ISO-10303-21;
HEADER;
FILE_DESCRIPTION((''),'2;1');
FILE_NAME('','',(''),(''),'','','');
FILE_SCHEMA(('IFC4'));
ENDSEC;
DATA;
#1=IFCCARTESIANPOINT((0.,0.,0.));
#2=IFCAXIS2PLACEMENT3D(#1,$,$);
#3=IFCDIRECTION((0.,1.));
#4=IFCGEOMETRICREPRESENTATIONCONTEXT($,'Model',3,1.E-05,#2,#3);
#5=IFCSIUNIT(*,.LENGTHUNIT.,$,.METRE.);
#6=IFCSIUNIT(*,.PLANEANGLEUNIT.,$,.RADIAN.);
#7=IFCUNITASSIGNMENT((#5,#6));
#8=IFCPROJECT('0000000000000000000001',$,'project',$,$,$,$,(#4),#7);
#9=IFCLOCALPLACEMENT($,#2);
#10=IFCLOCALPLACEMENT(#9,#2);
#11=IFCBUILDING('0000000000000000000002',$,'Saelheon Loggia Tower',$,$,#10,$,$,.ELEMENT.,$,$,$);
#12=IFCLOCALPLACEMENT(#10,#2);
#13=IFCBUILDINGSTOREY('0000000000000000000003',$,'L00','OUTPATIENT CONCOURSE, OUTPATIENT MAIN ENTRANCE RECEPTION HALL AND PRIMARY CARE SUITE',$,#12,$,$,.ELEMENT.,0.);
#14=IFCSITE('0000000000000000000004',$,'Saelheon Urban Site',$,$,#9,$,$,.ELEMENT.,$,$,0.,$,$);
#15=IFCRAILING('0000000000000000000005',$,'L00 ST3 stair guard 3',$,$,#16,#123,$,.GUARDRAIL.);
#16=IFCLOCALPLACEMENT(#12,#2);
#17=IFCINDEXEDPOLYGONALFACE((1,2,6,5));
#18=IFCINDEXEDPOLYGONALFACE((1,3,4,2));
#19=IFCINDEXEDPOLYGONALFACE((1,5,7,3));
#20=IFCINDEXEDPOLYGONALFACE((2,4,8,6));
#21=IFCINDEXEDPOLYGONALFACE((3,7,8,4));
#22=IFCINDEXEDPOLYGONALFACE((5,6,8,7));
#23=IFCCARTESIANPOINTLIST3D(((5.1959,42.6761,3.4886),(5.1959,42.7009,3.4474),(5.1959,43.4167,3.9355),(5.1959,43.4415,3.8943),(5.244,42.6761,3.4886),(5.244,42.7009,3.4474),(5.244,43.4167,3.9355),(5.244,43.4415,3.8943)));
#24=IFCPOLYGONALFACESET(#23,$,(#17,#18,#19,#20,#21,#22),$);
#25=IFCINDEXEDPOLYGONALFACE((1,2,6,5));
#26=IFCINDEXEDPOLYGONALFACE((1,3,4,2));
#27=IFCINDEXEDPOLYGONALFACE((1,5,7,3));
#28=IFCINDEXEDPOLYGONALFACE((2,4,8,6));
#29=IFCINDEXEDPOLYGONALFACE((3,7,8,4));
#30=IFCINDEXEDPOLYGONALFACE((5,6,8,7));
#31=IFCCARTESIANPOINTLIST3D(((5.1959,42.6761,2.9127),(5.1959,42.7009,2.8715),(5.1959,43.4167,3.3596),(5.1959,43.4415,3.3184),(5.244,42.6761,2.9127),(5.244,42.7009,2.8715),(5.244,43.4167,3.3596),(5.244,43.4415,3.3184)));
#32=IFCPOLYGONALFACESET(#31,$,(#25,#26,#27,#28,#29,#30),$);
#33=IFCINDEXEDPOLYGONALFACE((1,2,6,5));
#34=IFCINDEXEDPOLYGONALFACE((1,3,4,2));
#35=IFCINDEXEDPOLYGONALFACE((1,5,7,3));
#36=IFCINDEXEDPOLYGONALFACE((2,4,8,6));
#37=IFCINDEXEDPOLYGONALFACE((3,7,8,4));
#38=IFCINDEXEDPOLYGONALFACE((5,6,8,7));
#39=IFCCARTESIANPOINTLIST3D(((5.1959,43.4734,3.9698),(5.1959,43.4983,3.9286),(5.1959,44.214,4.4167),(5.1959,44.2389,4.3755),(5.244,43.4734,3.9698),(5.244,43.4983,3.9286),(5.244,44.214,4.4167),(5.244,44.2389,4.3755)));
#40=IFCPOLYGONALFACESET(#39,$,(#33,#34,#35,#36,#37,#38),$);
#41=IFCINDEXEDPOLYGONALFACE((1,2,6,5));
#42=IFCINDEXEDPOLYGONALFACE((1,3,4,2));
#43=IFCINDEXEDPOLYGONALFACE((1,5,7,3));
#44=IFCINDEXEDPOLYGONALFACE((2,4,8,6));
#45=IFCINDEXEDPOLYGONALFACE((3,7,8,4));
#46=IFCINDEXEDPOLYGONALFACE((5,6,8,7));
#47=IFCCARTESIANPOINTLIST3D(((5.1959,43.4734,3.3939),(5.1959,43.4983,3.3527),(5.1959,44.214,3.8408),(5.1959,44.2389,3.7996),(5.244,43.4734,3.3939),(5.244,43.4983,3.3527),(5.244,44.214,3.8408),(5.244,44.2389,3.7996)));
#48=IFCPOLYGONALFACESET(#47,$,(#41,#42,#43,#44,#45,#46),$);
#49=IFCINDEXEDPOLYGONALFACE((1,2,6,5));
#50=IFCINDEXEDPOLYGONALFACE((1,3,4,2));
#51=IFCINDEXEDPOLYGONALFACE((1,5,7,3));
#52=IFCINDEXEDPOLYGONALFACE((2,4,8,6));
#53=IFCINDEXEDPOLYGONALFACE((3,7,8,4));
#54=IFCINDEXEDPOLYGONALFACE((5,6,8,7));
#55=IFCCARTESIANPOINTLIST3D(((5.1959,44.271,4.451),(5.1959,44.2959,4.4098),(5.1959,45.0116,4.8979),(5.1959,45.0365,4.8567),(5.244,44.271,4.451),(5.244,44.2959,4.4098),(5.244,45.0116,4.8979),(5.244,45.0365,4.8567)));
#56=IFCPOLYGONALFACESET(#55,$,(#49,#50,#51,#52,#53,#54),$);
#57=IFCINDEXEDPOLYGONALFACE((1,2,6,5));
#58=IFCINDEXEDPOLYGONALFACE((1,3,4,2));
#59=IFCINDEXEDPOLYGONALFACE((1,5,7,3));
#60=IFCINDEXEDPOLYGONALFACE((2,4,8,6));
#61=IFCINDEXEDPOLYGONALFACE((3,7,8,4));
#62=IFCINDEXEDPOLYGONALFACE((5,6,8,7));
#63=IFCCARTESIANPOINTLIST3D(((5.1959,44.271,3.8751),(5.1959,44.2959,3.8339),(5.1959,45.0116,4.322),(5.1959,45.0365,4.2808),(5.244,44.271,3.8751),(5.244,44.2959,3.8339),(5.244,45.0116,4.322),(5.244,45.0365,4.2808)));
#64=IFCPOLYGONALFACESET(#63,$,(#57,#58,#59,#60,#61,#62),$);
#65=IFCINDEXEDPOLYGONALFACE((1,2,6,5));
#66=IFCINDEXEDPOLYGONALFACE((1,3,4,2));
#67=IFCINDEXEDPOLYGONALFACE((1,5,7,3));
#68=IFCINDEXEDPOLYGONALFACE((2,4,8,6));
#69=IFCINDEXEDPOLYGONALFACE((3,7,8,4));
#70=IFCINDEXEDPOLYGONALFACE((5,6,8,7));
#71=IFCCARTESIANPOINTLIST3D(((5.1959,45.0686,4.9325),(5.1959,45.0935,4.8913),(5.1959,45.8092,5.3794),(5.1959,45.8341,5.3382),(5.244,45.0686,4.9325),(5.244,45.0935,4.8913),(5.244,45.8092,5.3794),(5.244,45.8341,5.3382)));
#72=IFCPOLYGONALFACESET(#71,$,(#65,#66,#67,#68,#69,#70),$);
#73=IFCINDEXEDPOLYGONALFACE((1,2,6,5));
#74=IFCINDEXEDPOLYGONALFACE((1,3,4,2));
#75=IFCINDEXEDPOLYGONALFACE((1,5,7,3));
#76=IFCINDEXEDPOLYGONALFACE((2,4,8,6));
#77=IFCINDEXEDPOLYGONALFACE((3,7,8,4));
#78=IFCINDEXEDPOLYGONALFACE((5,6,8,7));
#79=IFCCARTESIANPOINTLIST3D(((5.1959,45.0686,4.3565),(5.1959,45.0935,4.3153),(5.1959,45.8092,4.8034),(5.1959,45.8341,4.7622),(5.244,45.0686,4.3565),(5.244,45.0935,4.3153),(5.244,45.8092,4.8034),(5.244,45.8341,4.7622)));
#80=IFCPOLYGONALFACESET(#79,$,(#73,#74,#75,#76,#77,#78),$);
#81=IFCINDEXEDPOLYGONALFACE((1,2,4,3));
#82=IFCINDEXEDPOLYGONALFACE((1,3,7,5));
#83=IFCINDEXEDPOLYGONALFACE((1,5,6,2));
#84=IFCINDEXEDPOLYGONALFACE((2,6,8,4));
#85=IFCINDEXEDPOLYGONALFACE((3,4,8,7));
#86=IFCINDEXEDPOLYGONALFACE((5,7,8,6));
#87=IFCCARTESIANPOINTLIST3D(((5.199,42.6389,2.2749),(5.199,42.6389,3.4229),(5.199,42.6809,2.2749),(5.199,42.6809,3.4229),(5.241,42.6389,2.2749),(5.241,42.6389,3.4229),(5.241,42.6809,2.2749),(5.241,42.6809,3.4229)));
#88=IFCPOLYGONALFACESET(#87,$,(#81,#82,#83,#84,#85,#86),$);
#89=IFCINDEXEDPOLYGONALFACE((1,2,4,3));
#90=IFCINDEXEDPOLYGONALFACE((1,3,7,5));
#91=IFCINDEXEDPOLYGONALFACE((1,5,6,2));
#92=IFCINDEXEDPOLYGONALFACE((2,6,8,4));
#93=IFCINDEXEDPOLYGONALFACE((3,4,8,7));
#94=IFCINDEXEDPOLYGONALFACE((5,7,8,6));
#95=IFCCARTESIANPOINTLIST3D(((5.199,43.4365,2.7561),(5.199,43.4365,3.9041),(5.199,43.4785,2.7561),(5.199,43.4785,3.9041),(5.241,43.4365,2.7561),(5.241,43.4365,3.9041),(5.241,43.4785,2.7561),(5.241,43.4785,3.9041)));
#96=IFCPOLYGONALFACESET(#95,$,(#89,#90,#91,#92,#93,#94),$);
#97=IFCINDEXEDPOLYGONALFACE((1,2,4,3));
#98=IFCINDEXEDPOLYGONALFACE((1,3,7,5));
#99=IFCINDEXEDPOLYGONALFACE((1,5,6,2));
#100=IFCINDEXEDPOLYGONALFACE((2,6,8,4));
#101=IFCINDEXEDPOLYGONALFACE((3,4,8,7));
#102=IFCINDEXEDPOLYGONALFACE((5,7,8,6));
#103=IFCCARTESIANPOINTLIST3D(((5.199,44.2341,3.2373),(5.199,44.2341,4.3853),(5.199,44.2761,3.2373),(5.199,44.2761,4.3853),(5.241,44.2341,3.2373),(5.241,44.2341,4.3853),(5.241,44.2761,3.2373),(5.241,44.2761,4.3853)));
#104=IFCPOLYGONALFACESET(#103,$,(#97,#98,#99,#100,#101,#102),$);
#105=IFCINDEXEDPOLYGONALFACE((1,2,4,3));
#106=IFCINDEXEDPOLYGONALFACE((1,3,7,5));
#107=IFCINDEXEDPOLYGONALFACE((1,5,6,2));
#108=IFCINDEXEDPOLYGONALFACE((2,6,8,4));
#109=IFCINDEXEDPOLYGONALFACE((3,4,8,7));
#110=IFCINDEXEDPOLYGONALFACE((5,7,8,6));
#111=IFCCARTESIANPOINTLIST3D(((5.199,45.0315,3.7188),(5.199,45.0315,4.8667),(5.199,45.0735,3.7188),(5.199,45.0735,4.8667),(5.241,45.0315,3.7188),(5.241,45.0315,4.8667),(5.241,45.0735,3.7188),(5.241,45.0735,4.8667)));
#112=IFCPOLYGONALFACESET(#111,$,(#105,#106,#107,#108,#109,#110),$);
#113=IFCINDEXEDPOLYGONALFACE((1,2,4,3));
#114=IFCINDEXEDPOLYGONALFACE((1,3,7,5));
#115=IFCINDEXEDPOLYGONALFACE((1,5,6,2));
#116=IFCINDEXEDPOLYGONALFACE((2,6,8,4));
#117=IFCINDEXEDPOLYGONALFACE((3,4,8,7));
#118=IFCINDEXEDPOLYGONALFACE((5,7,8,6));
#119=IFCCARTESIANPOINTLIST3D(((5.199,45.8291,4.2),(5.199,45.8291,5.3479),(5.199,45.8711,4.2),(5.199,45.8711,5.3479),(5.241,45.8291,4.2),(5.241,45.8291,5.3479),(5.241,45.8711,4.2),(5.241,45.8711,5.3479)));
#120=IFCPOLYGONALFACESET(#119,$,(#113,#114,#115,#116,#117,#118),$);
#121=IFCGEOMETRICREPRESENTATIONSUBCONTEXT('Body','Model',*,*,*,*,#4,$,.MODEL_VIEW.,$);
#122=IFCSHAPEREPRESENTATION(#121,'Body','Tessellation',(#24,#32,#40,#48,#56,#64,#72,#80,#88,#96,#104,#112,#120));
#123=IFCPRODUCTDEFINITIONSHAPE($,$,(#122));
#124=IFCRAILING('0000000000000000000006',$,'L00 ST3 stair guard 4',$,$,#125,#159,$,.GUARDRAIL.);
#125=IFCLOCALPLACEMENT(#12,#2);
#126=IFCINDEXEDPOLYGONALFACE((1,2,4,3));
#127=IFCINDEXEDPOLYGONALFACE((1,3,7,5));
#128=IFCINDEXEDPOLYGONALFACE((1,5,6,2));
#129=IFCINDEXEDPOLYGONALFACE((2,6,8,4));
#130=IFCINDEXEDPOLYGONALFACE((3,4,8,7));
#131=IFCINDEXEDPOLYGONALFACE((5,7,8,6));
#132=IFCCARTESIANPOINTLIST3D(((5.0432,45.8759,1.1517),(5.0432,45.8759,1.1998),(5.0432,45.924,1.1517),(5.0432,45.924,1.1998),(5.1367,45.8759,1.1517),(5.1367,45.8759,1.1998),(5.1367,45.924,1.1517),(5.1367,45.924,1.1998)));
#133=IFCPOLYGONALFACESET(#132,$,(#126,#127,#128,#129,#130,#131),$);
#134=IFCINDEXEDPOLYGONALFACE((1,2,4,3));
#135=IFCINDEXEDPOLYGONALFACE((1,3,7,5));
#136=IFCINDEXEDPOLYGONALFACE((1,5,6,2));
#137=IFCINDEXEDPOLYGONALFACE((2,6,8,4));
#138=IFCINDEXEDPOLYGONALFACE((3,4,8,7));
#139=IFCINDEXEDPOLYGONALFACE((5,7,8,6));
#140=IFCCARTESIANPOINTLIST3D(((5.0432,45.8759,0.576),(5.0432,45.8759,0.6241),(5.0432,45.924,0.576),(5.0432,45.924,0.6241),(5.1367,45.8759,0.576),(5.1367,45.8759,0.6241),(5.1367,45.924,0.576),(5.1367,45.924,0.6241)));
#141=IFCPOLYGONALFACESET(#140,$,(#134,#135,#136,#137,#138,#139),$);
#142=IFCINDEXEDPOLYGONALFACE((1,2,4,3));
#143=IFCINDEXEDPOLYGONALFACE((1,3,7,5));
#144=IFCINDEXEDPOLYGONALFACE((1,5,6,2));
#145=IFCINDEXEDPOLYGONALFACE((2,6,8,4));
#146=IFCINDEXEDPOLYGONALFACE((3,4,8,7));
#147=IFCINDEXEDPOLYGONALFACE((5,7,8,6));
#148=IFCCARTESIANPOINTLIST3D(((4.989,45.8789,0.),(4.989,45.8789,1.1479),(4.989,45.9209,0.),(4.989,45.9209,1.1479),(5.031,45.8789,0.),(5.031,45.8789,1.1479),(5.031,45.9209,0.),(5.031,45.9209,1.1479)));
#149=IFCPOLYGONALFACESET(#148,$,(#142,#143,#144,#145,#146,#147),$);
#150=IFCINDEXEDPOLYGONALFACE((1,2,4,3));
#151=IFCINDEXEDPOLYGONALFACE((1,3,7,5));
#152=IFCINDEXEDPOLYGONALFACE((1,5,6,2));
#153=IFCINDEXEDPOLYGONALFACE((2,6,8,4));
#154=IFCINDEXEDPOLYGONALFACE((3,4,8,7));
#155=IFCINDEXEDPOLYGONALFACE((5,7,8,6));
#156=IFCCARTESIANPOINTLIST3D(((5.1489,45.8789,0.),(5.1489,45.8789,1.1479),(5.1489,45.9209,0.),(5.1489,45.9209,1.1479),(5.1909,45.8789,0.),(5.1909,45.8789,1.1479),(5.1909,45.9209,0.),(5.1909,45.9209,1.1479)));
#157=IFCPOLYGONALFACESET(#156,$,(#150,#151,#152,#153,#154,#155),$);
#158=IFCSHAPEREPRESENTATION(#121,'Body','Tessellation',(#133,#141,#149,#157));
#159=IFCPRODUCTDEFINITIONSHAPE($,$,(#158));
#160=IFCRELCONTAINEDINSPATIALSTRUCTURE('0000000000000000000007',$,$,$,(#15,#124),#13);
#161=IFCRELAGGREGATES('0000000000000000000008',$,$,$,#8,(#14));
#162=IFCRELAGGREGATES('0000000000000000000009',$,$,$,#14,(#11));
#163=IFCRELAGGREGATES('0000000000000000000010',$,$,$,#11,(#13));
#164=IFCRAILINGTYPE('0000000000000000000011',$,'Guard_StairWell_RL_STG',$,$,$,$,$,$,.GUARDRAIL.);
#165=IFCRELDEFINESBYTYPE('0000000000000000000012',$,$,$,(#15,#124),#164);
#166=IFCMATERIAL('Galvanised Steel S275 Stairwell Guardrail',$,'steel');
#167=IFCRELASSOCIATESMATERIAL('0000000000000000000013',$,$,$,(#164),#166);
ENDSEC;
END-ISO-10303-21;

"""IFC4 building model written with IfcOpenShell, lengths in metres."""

from ifc_helpers import new_model, si_unit, direction, frame, origin, origin_2d, place, context, subcontext, project, spatial, rectangle, extrude, material, type_object, element, save


model = new_model("IFC4")

# Units and contexts
model_context = context("Model", 3, precision=1e-05, world=origin(), true_north=direction((0.0, 1.0)))
body_context = subcontext(model_context, "Body", "Model", "MODEL_VIEW")
ifc_project = project(units=[si_unit("LENGTHUNIT", "METRE"), si_unit("PLANEANGLEUNIT", "RADIAN")], contexts=[model_context])

# Site, building, storey
site_placement = place(None, origin())
site = spatial("IfcSite", under=ifc_project, at=site_placement, Name="Saelheon Urban Site", CompositionType="ELEMENT", RefElevation=0.0)
building_placement = place(site_placement, origin())
building = spatial("IfcBuilding", under=site, at=building_placement, Name="Saelheon Loggia Tower", CompositionType="ELEMENT")
storey_placement = place(building_placement, origin())
storey = spatial("IfcBuildingStorey", under=building, at=storey_placement, Name="L00", Description="OUTPATIENT CONCOURSE, OUTPATIENT MAIN ENTRANCE RECEPTION HALL AND PRIMARY CARE SUITE", CompositionType="ELEMENT", Elevation=0.0)

# Railings
ifc_material_1 = material(Name="Galvanised Steel S275 Stairwell Guardrail", Category="steel")
railing_type_1 = type_object("IfcRailingType", Name="Guard_StairWell_RL_STG", PredefinedType="GUARDRAIL", material=ifc_material_1)
railing_1_placement = place(storey_placement, frame((5.22, 42.6599, 2.2749)))
element("IfcRailing", 1, at=railing_1_placement, inside=storey, type_object=railing_type_1, Name="L00 ST3 stair guard 3", PredefinedType="GUARDRAIL", context=body_context, shape_type="SweptSolid", body=[
    extrude(rectangle(XDim=0.0481, YDim=0.0481, at=origin_2d()), frame((0.0, 0.0286, 1.1931), z_axis=(0.0, 0.856195, 0.516653), x_axis=(-1.0, 0.0, 0.0)), (0.0, 0.0, 1.0), 0.865),
    extrude(rectangle(XDim=0.0481, YDim=0.0481, at=origin_2d()), frame((0.0, 0.0286, 0.6172), z_axis=(0.0, 0.856195, 0.516653), x_axis=(-1.0, 0.0, 0.0)), (0.0, 0.0, 1.0), 0.865),
    extrude(rectangle(XDim=0.0481, YDim=0.0481, at=origin_2d()), frame((0.0, 0.8259, 1.6743), z_axis=(0.0, 0.856195, 0.516653), x_axis=(-1.0, 0.0, 0.0)), (0.0, 0.0, 1.0), 0.865),
    extrude(rectangle(XDim=0.0481, YDim=0.0481, at=origin_2d()), frame((0.0, 0.8259, 1.0984), z_axis=(0.0, 0.856195, 0.516653), x_axis=(-1.0, 0.0, 0.0)), (0.0, 0.0, 1.0), 0.865),
    extrude(rectangle(XDim=0.0481, YDim=0.0481, at=origin_2d()), frame((0.0, 1.6235, 2.1555), z_axis=(0.0, 0.856195, 0.516653), x_axis=(-1.0, 0.0, 0.0)), (0.0, 0.0, 1.0), 0.865),
    extrude(rectangle(XDim=0.0481, YDim=0.0481, at=origin_2d()), frame((0.0, 1.6235, 1.5796), z_axis=(0.0, 0.856195, 0.516653), x_axis=(-1.0, 0.0, 0.0)), (0.0, 0.0, 1.0), 0.865),
    extrude(rectangle(XDim=0.0481, YDim=0.0481, at=origin_2d()), frame((0.0, 2.4211, 2.637), z_axis=(0.0, 0.856195, 0.516653), x_axis=(-1.0, 0.0, 0.0)), (0.0, 0.0, 1.0), 0.865),
    extrude(rectangle(XDim=0.0481, YDim=0.0481, at=origin_2d()), frame((0.0, 2.4211, 2.061), z_axis=(0.0, 0.856195, 0.516653), x_axis=(-1.0, 0.0, 0.0)), (0.0, 0.0, 1.0), 0.865),
    extrude(rectangle(XDim=0.042, YDim=0.042, at=origin_2d()), origin(), (0.0, 0.0, 1.0), 1.1479),
    extrude(rectangle(XDim=0.042, YDim=0.042, at=origin_2d()), frame((0.0, 0.7976, 0.4812)), (0.0, 0.0, 1.0), 1.1479),
    extrude(rectangle(XDim=0.042, YDim=0.042, at=origin_2d()), frame((0.0, 1.5952, 0.9624)), (0.0, 0.0, 1.0), 1.1479),
    extrude(rectangle(XDim=0.042, YDim=0.042, at=origin_2d()), frame((0.0, 2.3926, 1.4438)), (0.0, 0.0, 1.0), 1.1479),
    extrude(rectangle(XDim=0.042, YDim=0.042, at=origin_2d()), frame((0.0, 3.1902, 1.925)), (0.0, 0.0, 1.0), 1.1479),
])
railing_2_placement = place(storey_placement, frame((5.01, 45.8999, 0.0)))
element("IfcRailing", 2, at=railing_2_placement, inside=storey, type_object=railing_type_1, Name="L00 ST3 stair guard 4", PredefinedType="GUARDRAIL", context=body_context, shape_type="SweptSolid", body=[
    extrude(rectangle(XDim=0.0481, YDim=0.0481, at=origin_2d()), frame((0.0332, 0.0, 1.1758), z_axis=(1.0, 0.0, 0.0), x_axis=(0.0, 1.0, 0.0)), (0.0, 0.0, 1.0), 0.0935),
    extrude(rectangle(XDim=0.0481, YDim=0.0481, at=origin_2d()), frame((0.0332, 0.0, 0.6001), z_axis=(1.0, 0.0, 0.0), x_axis=(0.0, 1.0, 0.0)), (0.0, 0.0, 1.0), 0.0935),
    extrude(rectangle(XDim=0.042, YDim=0.042, at=origin_2d()), origin(), (0.0, 0.0, 1.0), 1.1479),
    extrude(rectangle(XDim=0.042, YDim=0.042, at=origin_2d()), frame((0.1599, 0.0, 0.0)), (0.0, 0.0, 1.0), 1.1479),
])

save(model, "model.ifc")
